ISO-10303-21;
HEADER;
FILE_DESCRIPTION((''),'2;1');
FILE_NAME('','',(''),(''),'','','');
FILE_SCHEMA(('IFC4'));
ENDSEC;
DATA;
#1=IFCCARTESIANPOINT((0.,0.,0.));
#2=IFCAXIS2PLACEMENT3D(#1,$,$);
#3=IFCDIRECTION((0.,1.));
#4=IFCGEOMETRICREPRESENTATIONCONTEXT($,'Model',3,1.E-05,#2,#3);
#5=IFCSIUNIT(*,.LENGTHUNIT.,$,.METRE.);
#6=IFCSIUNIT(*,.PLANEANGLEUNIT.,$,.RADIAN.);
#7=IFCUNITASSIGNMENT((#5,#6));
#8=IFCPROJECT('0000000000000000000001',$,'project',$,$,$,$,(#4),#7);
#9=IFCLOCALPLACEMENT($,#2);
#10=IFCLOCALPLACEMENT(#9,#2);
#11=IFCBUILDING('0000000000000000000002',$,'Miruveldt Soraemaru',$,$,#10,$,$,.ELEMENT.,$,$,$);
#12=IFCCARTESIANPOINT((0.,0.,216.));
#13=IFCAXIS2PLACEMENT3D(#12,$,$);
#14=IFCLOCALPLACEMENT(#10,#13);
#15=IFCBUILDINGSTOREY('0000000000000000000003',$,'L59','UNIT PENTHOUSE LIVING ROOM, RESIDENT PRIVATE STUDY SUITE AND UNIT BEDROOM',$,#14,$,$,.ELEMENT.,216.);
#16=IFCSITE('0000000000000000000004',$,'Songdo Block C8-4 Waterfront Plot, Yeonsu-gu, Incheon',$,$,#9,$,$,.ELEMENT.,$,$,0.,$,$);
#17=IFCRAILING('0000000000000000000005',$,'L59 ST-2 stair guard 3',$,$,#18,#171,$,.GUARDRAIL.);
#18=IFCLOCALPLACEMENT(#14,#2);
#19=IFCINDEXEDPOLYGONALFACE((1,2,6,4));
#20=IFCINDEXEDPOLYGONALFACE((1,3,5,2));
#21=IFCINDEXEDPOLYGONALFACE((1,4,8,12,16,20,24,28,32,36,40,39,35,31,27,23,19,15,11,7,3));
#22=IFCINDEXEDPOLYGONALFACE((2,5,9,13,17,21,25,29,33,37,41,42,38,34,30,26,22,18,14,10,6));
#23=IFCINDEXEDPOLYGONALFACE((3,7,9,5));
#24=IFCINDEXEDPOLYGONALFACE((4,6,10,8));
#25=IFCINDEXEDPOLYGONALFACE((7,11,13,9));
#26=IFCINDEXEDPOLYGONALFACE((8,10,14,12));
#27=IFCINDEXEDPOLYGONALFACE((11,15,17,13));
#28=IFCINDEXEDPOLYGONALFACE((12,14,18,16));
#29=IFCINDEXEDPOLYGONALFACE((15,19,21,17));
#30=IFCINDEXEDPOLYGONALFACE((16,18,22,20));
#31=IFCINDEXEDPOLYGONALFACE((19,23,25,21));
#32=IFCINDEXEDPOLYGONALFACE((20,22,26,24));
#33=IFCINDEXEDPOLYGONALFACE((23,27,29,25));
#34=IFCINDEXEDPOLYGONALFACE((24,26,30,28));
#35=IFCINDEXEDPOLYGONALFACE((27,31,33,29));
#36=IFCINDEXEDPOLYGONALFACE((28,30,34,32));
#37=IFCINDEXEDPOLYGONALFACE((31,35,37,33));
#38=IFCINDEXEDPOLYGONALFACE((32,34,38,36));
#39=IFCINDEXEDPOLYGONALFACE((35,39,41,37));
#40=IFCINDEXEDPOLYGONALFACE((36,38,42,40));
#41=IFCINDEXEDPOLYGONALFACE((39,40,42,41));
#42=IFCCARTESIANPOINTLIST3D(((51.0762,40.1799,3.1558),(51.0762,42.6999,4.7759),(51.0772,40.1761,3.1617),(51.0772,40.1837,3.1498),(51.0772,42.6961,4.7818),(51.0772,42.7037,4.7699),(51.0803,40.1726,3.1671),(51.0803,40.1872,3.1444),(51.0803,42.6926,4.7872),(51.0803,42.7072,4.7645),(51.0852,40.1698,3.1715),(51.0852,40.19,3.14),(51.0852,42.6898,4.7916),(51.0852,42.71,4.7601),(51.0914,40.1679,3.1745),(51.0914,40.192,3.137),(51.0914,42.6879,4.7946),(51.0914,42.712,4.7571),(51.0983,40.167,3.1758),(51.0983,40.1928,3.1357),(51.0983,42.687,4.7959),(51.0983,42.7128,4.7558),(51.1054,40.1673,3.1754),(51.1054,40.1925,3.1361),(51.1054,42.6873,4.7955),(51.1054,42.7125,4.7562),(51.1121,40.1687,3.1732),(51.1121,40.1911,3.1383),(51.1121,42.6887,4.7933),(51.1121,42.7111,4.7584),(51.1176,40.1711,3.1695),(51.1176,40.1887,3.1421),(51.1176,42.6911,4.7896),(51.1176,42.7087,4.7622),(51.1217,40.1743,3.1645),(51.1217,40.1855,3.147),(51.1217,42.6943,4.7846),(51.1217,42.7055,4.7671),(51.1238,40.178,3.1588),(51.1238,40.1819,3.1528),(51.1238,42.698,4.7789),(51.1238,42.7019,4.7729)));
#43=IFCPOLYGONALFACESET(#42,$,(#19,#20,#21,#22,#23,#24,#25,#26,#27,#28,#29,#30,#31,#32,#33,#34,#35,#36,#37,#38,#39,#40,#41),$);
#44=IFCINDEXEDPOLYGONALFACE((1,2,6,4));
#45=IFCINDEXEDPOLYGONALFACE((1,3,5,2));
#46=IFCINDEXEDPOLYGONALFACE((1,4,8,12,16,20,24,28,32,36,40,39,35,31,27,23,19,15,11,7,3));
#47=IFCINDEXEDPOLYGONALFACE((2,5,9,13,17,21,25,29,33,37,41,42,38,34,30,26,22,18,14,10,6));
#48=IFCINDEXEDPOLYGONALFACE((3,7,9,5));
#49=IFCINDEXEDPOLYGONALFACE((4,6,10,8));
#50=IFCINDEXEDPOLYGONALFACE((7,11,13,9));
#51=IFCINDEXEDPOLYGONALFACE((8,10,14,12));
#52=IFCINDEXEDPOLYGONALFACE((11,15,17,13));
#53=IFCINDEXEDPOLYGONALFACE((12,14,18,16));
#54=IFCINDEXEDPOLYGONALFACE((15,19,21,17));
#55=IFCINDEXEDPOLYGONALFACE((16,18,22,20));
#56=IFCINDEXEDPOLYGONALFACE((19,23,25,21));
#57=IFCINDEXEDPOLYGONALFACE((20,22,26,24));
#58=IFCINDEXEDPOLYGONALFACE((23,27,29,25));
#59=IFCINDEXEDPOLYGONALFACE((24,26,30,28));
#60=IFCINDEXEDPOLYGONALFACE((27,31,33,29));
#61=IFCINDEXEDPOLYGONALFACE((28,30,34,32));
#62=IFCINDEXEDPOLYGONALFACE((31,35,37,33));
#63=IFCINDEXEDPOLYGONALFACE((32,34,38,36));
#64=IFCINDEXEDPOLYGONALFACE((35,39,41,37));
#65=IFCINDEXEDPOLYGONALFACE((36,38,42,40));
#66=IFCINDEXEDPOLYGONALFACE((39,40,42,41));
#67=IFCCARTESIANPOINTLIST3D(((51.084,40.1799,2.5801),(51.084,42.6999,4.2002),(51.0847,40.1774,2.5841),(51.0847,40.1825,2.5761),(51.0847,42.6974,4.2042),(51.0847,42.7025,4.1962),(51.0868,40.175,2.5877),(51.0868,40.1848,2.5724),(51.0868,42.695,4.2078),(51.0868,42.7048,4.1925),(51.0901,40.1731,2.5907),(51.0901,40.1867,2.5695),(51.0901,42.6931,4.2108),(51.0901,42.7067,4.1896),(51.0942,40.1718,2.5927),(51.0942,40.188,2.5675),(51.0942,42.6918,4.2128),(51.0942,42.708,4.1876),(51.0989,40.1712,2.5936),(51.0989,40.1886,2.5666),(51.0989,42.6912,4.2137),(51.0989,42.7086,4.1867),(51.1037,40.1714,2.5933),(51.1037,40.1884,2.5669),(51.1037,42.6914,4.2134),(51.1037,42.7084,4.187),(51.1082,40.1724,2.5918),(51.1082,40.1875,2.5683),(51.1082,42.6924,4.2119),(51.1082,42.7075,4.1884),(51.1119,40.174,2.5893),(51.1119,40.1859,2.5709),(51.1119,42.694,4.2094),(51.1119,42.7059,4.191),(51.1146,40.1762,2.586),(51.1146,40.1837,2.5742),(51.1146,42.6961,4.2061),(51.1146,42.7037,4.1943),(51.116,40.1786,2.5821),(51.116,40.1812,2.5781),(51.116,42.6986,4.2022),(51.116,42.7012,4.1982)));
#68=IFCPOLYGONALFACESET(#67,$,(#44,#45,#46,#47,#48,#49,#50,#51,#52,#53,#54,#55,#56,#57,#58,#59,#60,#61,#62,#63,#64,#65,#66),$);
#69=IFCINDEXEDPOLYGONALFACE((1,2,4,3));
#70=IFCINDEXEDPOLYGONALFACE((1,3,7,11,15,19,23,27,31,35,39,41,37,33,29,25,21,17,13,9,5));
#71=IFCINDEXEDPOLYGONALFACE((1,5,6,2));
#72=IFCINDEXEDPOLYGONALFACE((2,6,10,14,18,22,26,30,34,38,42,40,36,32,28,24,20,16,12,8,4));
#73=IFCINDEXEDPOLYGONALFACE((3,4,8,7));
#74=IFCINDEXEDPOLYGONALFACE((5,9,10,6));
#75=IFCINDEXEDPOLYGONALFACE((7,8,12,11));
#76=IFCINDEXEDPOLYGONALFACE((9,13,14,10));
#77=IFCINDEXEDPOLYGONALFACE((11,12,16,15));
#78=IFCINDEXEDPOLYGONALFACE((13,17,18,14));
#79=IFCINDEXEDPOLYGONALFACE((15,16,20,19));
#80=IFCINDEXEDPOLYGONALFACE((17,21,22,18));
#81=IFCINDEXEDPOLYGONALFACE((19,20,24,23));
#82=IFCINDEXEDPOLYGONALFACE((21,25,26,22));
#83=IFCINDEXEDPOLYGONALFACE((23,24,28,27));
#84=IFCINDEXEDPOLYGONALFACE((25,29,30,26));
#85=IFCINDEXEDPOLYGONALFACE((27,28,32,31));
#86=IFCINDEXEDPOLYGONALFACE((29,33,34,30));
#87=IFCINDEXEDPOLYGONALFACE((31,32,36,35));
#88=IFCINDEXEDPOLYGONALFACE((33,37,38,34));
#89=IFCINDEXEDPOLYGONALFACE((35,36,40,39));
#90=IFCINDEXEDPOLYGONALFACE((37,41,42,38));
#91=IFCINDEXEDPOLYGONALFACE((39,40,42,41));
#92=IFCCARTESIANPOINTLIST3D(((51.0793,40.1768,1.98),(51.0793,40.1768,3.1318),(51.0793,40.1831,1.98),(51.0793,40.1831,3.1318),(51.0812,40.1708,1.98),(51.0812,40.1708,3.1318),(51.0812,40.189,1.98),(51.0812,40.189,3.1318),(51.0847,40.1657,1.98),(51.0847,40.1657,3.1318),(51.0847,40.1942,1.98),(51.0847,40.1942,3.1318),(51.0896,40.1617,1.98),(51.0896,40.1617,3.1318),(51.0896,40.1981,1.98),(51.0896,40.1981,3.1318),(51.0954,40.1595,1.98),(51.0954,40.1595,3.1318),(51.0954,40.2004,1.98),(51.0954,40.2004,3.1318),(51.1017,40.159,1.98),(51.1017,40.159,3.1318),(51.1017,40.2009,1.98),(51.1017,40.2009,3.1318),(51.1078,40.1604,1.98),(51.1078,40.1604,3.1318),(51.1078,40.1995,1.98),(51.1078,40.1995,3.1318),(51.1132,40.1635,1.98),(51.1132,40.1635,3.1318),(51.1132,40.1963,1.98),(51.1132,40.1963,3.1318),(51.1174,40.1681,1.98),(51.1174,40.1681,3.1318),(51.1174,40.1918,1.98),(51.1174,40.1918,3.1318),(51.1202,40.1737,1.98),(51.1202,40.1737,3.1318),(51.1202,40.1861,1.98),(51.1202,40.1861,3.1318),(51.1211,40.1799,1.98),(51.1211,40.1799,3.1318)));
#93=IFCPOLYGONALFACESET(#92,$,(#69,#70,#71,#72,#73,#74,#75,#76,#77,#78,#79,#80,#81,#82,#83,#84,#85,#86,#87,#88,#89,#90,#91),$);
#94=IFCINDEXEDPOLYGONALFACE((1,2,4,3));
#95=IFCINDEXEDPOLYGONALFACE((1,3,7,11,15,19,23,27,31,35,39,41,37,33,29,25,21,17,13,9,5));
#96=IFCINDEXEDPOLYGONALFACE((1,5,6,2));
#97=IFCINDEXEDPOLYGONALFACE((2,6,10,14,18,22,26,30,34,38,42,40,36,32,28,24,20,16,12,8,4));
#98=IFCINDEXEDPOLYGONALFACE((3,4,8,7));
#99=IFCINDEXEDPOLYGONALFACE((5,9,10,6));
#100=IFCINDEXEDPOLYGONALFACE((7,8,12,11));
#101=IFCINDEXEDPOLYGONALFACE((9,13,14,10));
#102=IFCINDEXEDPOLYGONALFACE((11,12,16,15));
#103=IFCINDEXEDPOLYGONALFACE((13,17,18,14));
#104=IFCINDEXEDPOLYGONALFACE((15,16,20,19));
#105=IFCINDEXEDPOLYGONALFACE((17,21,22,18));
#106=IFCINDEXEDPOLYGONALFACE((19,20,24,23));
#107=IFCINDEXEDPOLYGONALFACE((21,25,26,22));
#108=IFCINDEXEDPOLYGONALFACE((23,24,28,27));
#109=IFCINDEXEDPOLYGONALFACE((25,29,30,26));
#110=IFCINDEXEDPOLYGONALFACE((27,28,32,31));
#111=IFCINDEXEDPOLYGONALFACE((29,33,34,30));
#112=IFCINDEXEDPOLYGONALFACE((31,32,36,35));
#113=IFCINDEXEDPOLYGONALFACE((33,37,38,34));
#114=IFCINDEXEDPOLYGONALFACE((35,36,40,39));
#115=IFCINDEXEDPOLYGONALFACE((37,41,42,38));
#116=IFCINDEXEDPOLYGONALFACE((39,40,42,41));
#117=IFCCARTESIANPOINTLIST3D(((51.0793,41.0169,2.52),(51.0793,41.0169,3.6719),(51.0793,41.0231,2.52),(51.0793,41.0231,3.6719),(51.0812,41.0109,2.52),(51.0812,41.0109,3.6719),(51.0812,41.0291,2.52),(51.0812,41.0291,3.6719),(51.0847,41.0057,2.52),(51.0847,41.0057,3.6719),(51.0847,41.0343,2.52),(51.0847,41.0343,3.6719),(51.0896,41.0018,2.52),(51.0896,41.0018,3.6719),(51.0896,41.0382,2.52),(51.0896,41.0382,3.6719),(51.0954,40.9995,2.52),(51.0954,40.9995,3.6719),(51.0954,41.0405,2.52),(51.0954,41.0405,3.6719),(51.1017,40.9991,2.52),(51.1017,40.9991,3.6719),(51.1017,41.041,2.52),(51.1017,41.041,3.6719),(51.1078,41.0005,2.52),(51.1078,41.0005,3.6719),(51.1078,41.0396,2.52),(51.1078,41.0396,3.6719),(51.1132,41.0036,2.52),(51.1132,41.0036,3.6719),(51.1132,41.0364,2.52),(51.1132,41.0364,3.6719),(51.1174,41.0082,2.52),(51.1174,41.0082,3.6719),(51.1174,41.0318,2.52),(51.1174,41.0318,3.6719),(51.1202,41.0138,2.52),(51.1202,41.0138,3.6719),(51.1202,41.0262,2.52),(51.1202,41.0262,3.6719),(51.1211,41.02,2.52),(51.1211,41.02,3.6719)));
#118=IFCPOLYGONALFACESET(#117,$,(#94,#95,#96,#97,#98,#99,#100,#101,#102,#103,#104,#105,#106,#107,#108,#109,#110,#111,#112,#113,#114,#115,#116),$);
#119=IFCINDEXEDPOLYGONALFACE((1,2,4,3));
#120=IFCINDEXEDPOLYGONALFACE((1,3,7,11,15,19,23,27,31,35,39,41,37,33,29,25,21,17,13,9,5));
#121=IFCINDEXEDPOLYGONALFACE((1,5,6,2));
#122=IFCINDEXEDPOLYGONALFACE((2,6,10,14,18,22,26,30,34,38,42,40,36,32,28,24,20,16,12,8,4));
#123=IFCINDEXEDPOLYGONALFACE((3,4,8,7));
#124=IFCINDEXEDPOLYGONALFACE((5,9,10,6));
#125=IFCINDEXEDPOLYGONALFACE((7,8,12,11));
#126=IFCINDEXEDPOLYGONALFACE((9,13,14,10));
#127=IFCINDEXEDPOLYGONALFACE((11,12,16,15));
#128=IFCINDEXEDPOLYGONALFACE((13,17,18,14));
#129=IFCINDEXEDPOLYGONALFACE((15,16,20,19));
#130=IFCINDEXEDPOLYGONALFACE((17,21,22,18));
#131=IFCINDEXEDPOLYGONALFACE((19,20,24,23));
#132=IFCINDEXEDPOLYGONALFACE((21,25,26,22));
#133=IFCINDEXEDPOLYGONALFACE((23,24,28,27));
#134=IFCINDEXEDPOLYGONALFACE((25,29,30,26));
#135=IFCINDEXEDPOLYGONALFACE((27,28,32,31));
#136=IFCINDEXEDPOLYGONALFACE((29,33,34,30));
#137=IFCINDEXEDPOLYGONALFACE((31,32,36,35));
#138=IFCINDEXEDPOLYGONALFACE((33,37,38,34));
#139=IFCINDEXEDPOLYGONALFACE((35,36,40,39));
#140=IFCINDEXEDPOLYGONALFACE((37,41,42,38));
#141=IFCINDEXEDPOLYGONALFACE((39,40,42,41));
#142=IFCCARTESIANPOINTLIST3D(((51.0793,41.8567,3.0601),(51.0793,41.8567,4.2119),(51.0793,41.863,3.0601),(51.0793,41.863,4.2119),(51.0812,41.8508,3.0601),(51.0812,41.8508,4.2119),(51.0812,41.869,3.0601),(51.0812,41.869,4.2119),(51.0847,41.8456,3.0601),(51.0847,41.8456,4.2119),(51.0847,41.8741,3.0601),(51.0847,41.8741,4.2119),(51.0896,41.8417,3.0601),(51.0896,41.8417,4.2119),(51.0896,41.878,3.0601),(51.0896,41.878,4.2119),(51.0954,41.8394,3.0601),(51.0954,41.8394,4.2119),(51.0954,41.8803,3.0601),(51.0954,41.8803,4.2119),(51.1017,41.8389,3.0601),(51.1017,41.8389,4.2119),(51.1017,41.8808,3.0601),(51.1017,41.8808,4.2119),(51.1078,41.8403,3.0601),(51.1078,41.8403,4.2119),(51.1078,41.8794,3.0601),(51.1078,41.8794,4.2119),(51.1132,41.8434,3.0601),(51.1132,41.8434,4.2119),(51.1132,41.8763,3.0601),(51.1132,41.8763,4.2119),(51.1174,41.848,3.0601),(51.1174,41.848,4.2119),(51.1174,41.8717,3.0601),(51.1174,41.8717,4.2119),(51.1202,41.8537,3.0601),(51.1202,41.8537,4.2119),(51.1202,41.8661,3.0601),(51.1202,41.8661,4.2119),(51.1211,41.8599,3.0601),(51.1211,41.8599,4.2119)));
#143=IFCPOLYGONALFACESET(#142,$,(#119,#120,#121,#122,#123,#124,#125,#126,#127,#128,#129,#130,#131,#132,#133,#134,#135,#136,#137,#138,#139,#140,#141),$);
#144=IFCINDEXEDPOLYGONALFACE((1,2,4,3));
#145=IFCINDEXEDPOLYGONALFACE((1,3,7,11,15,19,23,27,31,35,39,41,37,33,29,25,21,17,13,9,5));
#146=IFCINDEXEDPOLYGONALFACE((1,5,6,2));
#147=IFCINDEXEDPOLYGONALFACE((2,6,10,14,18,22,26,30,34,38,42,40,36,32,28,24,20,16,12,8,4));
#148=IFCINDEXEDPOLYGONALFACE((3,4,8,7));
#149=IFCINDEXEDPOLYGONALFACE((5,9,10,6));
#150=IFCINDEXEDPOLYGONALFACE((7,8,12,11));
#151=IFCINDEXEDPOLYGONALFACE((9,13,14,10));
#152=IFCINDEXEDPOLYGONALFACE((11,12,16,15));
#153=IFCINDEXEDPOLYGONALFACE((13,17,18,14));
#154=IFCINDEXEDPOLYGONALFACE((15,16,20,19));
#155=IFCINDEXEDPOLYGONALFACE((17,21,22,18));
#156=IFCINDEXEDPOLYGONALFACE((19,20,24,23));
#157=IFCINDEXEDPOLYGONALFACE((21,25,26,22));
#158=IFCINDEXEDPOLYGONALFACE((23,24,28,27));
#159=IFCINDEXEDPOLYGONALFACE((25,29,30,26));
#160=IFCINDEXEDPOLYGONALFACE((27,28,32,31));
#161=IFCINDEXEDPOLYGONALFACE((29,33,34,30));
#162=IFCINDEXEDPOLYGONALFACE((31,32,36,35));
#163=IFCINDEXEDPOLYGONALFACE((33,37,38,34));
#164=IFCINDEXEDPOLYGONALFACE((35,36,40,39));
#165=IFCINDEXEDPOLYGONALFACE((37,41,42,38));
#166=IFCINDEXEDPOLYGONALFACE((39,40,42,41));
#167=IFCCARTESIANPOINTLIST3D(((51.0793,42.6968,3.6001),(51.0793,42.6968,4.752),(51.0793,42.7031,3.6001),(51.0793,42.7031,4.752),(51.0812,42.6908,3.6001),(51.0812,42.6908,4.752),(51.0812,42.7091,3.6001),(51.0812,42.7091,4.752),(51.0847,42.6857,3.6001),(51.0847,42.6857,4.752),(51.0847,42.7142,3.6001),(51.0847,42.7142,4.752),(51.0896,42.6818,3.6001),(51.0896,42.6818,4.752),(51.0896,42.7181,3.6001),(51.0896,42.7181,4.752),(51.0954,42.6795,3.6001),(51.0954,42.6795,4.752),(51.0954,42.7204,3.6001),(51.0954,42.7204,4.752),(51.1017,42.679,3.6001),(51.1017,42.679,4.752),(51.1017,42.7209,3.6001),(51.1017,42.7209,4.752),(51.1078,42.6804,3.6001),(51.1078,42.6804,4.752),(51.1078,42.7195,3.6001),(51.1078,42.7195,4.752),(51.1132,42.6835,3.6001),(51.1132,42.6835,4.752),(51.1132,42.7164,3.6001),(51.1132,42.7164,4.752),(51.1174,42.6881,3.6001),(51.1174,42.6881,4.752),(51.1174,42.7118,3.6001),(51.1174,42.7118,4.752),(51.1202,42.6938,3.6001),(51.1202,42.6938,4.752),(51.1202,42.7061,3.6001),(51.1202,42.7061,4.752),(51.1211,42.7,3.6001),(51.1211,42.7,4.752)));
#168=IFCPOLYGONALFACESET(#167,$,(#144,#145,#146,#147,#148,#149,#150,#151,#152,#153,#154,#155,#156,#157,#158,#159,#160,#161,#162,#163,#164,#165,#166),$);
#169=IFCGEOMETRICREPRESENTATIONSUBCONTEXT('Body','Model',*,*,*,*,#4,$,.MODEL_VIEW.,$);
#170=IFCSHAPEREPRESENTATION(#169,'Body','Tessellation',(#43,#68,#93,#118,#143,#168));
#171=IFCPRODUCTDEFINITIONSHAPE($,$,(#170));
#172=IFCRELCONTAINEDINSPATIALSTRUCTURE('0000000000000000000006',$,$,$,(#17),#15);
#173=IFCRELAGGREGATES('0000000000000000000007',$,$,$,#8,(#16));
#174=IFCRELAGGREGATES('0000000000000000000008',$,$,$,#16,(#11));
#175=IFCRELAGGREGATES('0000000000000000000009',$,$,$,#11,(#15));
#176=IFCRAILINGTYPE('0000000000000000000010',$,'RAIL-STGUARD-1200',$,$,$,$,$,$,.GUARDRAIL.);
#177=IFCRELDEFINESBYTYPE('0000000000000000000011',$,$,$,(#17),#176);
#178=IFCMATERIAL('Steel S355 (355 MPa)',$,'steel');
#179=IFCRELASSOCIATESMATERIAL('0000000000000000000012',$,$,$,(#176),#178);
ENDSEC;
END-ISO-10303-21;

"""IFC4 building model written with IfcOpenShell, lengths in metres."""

from ifc_helpers import new_model, si_unit, direction, frame, origin, origin_2d, place, context, subcontext, project, spatial, circle, extrude, material, type_object, element, save


model = new_model("IFC4")

# Units and contexts
model_context = context("Model", 3, precision=1e-05, world=origin(), true_north=direction((0.0, 1.0)))
body_context = subcontext(model_context, "Body", "Model", "MODEL_VIEW")
ifc_project = project(units=[si_unit("LENGTHUNIT", "METRE"), si_unit("PLANEANGLEUNIT", "RADIAN")], contexts=[model_context])

# Site, building, storey
site_placement = place(None, origin())
site = spatial("IfcSite", under=ifc_project, at=site_placement, Name="Songdo Block C8-4 Waterfront Plot, Yeonsu-gu, Incheon", CompositionType="ELEMENT", RefElevation=0.0)
building_placement = place(site_placement, origin())
building = spatial("IfcBuilding", under=site, at=building_placement, Name="Miruveldt Soraemaru", CompositionType="ELEMENT")
storey_placement = place(building_placement, frame((0.0, 0.0, 216.0)))
storey = spatial("IfcBuildingStorey", under=building, at=storey_placement, Name="L59", Description="UNIT PENTHOUSE LIVING ROOM, RESIDENT PRIVATE STUDY SUITE AND UNIT BEDROOM", CompositionType="ELEMENT", Elevation=216.0)

# Railing
ifc_material_1 = material(Name="Steel S355 (355 MPa)", Category="steel")
railing_type_1 = type_object("IfcRailingType", Name="RAIL-STGUARD-1200", PredefinedType="GUARDRAIL", material=ifc_material_1)
railing_1_placement = place(storey_placement, frame((51.1001, 40.1799, 1.98)))
element("IfcRailing", 1, at=railing_1_placement, inside=storey, type_object=railing_type_1, Name="L59 ST-2 stair guard 3", PredefinedType="GUARDRAIL", context=body_context, shape_type="SweptSolid", body=[
    extrude(circle(Radius=0.0239, at=origin_2d()), frame((0.0, 0.0, 1.1758), z_axis=(0.0, 0.841163, 0.540782), x_axis=(-1.0, 0.0, 0.0)), (0.0, 0.0, 1.0), 2.9958),
    extrude(circle(Radius=0.0161, at=origin_2d()), frame((0.0, 0.0, 0.6001), z_axis=(0.0, 0.841163, 0.540782), x_axis=(-1.0, 0.0, 0.0)), (0.0, 0.0, 1.0), 2.9958),
    extrude(circle(Radius=0.021, at=origin_2d()), origin(), (0.0, 0.0, 1.0), 1.1519),
    extrude(circle(Radius=0.021, at=origin_2d()), frame((0.0, 0.8401, 0.54)), (0.0, 0.0, 1.0), 1.1519),
    extrude(circle(Radius=0.021, at=origin_2d()), frame((0.0, 1.6799, 1.0801)), (0.0, 0.0, 1.0), 1.1519),
    extrude(circle(Radius=0.021, at=origin_2d()), frame((0.0, 2.52, 1.6201)), (0.0, 0.0, 1.0), 1.1519),
])

save(model, "model.ifc")
